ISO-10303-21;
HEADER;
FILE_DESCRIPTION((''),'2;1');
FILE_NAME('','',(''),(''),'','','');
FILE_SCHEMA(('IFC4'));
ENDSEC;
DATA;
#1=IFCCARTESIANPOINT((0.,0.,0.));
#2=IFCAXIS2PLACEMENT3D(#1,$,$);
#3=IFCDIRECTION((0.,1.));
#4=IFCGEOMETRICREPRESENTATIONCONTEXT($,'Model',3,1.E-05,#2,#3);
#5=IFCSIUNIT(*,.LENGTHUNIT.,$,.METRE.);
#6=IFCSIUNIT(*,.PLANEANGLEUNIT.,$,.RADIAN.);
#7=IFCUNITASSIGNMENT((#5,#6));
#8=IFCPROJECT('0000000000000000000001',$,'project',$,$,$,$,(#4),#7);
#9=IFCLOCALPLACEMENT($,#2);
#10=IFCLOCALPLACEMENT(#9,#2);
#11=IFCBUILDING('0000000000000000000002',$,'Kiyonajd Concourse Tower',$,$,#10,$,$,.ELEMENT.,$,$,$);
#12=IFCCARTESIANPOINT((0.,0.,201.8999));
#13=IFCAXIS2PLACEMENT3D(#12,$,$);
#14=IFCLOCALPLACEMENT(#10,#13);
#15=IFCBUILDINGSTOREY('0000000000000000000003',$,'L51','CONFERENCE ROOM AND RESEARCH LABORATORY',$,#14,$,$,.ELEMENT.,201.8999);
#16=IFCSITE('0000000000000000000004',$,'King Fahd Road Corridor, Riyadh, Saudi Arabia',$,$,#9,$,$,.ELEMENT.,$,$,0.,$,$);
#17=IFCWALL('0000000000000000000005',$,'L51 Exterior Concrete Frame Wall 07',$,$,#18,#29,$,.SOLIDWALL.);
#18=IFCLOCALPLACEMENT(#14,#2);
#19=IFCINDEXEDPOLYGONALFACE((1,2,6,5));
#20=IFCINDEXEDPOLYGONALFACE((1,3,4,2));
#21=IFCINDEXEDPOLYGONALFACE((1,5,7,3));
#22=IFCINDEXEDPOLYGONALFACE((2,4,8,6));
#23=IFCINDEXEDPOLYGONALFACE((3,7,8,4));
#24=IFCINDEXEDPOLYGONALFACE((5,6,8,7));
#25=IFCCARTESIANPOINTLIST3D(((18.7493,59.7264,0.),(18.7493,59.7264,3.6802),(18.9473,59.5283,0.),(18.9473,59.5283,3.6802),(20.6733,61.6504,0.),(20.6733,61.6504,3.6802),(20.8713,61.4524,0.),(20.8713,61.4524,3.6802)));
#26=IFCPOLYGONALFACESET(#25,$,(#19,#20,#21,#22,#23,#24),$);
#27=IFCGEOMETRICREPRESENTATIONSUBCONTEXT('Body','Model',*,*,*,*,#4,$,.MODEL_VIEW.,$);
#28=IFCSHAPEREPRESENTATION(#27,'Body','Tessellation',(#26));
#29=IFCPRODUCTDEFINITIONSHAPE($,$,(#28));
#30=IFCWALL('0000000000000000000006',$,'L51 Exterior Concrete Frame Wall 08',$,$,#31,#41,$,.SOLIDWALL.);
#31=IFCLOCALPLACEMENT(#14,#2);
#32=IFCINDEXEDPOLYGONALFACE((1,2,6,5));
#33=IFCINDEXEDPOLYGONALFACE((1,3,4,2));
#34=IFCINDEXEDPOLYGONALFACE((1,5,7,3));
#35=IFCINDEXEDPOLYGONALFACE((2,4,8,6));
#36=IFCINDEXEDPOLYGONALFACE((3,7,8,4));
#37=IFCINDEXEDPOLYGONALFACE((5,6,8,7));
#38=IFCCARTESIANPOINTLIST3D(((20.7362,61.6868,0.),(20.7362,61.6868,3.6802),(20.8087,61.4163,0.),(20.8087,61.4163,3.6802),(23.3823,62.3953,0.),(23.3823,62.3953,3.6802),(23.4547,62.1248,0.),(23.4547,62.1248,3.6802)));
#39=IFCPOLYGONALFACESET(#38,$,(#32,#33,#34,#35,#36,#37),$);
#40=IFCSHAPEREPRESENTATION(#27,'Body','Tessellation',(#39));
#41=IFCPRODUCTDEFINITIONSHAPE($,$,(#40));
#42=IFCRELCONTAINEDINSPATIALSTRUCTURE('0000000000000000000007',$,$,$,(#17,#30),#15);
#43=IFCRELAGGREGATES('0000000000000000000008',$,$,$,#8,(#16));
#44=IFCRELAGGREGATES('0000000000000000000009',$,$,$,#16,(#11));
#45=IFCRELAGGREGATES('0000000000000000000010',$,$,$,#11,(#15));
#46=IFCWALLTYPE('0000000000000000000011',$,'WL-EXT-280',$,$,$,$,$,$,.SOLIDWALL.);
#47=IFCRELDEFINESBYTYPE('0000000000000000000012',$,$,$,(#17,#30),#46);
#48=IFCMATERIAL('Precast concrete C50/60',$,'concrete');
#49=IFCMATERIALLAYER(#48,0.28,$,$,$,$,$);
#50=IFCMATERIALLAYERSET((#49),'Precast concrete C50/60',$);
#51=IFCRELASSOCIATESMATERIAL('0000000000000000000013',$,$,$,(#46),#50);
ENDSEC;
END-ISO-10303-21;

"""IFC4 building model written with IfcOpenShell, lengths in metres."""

from ifc_helpers import new_model, si_unit, direction, frame, frame_2d, origin, place, context, subcontext, project, spatial, rectangle, extrude, material, layer, layer_set, type_object, element, save


model = new_model("IFC4")

# Units and contexts
model_context = context("Model", 3, precision=1e-05, world=origin(), true_north=direction((0.0, 1.0)))
body_context = subcontext(model_context, "Body", "Model", "MODEL_VIEW")
ifc_project = project(units=[si_unit("LENGTHUNIT", "METRE"), si_unit("PLANEANGLEUNIT", "RADIAN")], contexts=[model_context])

# Site, building, storey
site_placement = place(None, origin())
site = spatial("IfcSite", under=ifc_project, at=site_placement, Name="King Fahd Road Corridor, Riyadh, Saudi Arabia", CompositionType="ELEMENT", RefElevation=0.0)
building_placement = place(site_placement, origin())
building = spatial("IfcBuilding", under=site, at=building_placement, Name="Kiyonajd Concourse Tower", CompositionType="ELEMENT")
storey_placement = place(building_placement, frame((0.0, 0.0, 201.8999)))
storey = spatial("IfcBuildingStorey", under=building, at=storey_placement, Name="L51", Description="CONFERENCE ROOM AND RESEARCH LABORATORY", CompositionType="ELEMENT", Elevation=201.8999)

# Walls
ifc_material_1 = material(Name="Precast concrete C50/60", Category="concrete")
ifc_layer_1 = layer(ifc_material_1, 0.28)
ifc_layer_set_1 = layer_set([ifc_layer_1], Name="Precast concrete C50/60")
wall_type = type_object("IfcWallType", Name="WL-EXT-280", PredefinedType="SOLIDWALL", material=ifc_layer_set_1)
wall_1_placement = place(storey_placement, frame((18.8484, 59.6274, 0.0), z_axis=(0.0, 0.0, 1.0), x_axis=(0.707107, 0.707107, 0.0)))
element("IfcWall", 1, at=wall_1_placement, inside=storey, type_object=wall_type, Name="L51 Exterior Concrete Frame Wall 07", PredefinedType="SOLIDWALL", context=body_context, shape_type="SweptSolid", body=[
    extrude(rectangle(XDim=2.7209, YDim=0.28, at=frame_2d((1.3604, 0.0))), origin(), (0.0, 0.0, 1.0), 3.6802),
])
wall_2_placement = place(storey_placement, frame((20.7725, 61.5515, 0.0), z_axis=(0.0, 0.0, 1.0), x_axis=(0.965971, 0.25865, 0.0)))
element("IfcWall", 2, at=wall_2_placement, inside=storey, type_object=wall_type, Name="L51 Exterior Concrete Frame Wall 08", PredefinedType="SOLIDWALL", context=body_context, shape_type="SweptSolid", body=[
    extrude(rectangle(XDim=2.7393, YDim=0.28, at=frame_2d((1.3696, 0.0))), origin(), (0.0, 0.0, 1.0), 3.6802),
])

save(model, "model.ifc")
